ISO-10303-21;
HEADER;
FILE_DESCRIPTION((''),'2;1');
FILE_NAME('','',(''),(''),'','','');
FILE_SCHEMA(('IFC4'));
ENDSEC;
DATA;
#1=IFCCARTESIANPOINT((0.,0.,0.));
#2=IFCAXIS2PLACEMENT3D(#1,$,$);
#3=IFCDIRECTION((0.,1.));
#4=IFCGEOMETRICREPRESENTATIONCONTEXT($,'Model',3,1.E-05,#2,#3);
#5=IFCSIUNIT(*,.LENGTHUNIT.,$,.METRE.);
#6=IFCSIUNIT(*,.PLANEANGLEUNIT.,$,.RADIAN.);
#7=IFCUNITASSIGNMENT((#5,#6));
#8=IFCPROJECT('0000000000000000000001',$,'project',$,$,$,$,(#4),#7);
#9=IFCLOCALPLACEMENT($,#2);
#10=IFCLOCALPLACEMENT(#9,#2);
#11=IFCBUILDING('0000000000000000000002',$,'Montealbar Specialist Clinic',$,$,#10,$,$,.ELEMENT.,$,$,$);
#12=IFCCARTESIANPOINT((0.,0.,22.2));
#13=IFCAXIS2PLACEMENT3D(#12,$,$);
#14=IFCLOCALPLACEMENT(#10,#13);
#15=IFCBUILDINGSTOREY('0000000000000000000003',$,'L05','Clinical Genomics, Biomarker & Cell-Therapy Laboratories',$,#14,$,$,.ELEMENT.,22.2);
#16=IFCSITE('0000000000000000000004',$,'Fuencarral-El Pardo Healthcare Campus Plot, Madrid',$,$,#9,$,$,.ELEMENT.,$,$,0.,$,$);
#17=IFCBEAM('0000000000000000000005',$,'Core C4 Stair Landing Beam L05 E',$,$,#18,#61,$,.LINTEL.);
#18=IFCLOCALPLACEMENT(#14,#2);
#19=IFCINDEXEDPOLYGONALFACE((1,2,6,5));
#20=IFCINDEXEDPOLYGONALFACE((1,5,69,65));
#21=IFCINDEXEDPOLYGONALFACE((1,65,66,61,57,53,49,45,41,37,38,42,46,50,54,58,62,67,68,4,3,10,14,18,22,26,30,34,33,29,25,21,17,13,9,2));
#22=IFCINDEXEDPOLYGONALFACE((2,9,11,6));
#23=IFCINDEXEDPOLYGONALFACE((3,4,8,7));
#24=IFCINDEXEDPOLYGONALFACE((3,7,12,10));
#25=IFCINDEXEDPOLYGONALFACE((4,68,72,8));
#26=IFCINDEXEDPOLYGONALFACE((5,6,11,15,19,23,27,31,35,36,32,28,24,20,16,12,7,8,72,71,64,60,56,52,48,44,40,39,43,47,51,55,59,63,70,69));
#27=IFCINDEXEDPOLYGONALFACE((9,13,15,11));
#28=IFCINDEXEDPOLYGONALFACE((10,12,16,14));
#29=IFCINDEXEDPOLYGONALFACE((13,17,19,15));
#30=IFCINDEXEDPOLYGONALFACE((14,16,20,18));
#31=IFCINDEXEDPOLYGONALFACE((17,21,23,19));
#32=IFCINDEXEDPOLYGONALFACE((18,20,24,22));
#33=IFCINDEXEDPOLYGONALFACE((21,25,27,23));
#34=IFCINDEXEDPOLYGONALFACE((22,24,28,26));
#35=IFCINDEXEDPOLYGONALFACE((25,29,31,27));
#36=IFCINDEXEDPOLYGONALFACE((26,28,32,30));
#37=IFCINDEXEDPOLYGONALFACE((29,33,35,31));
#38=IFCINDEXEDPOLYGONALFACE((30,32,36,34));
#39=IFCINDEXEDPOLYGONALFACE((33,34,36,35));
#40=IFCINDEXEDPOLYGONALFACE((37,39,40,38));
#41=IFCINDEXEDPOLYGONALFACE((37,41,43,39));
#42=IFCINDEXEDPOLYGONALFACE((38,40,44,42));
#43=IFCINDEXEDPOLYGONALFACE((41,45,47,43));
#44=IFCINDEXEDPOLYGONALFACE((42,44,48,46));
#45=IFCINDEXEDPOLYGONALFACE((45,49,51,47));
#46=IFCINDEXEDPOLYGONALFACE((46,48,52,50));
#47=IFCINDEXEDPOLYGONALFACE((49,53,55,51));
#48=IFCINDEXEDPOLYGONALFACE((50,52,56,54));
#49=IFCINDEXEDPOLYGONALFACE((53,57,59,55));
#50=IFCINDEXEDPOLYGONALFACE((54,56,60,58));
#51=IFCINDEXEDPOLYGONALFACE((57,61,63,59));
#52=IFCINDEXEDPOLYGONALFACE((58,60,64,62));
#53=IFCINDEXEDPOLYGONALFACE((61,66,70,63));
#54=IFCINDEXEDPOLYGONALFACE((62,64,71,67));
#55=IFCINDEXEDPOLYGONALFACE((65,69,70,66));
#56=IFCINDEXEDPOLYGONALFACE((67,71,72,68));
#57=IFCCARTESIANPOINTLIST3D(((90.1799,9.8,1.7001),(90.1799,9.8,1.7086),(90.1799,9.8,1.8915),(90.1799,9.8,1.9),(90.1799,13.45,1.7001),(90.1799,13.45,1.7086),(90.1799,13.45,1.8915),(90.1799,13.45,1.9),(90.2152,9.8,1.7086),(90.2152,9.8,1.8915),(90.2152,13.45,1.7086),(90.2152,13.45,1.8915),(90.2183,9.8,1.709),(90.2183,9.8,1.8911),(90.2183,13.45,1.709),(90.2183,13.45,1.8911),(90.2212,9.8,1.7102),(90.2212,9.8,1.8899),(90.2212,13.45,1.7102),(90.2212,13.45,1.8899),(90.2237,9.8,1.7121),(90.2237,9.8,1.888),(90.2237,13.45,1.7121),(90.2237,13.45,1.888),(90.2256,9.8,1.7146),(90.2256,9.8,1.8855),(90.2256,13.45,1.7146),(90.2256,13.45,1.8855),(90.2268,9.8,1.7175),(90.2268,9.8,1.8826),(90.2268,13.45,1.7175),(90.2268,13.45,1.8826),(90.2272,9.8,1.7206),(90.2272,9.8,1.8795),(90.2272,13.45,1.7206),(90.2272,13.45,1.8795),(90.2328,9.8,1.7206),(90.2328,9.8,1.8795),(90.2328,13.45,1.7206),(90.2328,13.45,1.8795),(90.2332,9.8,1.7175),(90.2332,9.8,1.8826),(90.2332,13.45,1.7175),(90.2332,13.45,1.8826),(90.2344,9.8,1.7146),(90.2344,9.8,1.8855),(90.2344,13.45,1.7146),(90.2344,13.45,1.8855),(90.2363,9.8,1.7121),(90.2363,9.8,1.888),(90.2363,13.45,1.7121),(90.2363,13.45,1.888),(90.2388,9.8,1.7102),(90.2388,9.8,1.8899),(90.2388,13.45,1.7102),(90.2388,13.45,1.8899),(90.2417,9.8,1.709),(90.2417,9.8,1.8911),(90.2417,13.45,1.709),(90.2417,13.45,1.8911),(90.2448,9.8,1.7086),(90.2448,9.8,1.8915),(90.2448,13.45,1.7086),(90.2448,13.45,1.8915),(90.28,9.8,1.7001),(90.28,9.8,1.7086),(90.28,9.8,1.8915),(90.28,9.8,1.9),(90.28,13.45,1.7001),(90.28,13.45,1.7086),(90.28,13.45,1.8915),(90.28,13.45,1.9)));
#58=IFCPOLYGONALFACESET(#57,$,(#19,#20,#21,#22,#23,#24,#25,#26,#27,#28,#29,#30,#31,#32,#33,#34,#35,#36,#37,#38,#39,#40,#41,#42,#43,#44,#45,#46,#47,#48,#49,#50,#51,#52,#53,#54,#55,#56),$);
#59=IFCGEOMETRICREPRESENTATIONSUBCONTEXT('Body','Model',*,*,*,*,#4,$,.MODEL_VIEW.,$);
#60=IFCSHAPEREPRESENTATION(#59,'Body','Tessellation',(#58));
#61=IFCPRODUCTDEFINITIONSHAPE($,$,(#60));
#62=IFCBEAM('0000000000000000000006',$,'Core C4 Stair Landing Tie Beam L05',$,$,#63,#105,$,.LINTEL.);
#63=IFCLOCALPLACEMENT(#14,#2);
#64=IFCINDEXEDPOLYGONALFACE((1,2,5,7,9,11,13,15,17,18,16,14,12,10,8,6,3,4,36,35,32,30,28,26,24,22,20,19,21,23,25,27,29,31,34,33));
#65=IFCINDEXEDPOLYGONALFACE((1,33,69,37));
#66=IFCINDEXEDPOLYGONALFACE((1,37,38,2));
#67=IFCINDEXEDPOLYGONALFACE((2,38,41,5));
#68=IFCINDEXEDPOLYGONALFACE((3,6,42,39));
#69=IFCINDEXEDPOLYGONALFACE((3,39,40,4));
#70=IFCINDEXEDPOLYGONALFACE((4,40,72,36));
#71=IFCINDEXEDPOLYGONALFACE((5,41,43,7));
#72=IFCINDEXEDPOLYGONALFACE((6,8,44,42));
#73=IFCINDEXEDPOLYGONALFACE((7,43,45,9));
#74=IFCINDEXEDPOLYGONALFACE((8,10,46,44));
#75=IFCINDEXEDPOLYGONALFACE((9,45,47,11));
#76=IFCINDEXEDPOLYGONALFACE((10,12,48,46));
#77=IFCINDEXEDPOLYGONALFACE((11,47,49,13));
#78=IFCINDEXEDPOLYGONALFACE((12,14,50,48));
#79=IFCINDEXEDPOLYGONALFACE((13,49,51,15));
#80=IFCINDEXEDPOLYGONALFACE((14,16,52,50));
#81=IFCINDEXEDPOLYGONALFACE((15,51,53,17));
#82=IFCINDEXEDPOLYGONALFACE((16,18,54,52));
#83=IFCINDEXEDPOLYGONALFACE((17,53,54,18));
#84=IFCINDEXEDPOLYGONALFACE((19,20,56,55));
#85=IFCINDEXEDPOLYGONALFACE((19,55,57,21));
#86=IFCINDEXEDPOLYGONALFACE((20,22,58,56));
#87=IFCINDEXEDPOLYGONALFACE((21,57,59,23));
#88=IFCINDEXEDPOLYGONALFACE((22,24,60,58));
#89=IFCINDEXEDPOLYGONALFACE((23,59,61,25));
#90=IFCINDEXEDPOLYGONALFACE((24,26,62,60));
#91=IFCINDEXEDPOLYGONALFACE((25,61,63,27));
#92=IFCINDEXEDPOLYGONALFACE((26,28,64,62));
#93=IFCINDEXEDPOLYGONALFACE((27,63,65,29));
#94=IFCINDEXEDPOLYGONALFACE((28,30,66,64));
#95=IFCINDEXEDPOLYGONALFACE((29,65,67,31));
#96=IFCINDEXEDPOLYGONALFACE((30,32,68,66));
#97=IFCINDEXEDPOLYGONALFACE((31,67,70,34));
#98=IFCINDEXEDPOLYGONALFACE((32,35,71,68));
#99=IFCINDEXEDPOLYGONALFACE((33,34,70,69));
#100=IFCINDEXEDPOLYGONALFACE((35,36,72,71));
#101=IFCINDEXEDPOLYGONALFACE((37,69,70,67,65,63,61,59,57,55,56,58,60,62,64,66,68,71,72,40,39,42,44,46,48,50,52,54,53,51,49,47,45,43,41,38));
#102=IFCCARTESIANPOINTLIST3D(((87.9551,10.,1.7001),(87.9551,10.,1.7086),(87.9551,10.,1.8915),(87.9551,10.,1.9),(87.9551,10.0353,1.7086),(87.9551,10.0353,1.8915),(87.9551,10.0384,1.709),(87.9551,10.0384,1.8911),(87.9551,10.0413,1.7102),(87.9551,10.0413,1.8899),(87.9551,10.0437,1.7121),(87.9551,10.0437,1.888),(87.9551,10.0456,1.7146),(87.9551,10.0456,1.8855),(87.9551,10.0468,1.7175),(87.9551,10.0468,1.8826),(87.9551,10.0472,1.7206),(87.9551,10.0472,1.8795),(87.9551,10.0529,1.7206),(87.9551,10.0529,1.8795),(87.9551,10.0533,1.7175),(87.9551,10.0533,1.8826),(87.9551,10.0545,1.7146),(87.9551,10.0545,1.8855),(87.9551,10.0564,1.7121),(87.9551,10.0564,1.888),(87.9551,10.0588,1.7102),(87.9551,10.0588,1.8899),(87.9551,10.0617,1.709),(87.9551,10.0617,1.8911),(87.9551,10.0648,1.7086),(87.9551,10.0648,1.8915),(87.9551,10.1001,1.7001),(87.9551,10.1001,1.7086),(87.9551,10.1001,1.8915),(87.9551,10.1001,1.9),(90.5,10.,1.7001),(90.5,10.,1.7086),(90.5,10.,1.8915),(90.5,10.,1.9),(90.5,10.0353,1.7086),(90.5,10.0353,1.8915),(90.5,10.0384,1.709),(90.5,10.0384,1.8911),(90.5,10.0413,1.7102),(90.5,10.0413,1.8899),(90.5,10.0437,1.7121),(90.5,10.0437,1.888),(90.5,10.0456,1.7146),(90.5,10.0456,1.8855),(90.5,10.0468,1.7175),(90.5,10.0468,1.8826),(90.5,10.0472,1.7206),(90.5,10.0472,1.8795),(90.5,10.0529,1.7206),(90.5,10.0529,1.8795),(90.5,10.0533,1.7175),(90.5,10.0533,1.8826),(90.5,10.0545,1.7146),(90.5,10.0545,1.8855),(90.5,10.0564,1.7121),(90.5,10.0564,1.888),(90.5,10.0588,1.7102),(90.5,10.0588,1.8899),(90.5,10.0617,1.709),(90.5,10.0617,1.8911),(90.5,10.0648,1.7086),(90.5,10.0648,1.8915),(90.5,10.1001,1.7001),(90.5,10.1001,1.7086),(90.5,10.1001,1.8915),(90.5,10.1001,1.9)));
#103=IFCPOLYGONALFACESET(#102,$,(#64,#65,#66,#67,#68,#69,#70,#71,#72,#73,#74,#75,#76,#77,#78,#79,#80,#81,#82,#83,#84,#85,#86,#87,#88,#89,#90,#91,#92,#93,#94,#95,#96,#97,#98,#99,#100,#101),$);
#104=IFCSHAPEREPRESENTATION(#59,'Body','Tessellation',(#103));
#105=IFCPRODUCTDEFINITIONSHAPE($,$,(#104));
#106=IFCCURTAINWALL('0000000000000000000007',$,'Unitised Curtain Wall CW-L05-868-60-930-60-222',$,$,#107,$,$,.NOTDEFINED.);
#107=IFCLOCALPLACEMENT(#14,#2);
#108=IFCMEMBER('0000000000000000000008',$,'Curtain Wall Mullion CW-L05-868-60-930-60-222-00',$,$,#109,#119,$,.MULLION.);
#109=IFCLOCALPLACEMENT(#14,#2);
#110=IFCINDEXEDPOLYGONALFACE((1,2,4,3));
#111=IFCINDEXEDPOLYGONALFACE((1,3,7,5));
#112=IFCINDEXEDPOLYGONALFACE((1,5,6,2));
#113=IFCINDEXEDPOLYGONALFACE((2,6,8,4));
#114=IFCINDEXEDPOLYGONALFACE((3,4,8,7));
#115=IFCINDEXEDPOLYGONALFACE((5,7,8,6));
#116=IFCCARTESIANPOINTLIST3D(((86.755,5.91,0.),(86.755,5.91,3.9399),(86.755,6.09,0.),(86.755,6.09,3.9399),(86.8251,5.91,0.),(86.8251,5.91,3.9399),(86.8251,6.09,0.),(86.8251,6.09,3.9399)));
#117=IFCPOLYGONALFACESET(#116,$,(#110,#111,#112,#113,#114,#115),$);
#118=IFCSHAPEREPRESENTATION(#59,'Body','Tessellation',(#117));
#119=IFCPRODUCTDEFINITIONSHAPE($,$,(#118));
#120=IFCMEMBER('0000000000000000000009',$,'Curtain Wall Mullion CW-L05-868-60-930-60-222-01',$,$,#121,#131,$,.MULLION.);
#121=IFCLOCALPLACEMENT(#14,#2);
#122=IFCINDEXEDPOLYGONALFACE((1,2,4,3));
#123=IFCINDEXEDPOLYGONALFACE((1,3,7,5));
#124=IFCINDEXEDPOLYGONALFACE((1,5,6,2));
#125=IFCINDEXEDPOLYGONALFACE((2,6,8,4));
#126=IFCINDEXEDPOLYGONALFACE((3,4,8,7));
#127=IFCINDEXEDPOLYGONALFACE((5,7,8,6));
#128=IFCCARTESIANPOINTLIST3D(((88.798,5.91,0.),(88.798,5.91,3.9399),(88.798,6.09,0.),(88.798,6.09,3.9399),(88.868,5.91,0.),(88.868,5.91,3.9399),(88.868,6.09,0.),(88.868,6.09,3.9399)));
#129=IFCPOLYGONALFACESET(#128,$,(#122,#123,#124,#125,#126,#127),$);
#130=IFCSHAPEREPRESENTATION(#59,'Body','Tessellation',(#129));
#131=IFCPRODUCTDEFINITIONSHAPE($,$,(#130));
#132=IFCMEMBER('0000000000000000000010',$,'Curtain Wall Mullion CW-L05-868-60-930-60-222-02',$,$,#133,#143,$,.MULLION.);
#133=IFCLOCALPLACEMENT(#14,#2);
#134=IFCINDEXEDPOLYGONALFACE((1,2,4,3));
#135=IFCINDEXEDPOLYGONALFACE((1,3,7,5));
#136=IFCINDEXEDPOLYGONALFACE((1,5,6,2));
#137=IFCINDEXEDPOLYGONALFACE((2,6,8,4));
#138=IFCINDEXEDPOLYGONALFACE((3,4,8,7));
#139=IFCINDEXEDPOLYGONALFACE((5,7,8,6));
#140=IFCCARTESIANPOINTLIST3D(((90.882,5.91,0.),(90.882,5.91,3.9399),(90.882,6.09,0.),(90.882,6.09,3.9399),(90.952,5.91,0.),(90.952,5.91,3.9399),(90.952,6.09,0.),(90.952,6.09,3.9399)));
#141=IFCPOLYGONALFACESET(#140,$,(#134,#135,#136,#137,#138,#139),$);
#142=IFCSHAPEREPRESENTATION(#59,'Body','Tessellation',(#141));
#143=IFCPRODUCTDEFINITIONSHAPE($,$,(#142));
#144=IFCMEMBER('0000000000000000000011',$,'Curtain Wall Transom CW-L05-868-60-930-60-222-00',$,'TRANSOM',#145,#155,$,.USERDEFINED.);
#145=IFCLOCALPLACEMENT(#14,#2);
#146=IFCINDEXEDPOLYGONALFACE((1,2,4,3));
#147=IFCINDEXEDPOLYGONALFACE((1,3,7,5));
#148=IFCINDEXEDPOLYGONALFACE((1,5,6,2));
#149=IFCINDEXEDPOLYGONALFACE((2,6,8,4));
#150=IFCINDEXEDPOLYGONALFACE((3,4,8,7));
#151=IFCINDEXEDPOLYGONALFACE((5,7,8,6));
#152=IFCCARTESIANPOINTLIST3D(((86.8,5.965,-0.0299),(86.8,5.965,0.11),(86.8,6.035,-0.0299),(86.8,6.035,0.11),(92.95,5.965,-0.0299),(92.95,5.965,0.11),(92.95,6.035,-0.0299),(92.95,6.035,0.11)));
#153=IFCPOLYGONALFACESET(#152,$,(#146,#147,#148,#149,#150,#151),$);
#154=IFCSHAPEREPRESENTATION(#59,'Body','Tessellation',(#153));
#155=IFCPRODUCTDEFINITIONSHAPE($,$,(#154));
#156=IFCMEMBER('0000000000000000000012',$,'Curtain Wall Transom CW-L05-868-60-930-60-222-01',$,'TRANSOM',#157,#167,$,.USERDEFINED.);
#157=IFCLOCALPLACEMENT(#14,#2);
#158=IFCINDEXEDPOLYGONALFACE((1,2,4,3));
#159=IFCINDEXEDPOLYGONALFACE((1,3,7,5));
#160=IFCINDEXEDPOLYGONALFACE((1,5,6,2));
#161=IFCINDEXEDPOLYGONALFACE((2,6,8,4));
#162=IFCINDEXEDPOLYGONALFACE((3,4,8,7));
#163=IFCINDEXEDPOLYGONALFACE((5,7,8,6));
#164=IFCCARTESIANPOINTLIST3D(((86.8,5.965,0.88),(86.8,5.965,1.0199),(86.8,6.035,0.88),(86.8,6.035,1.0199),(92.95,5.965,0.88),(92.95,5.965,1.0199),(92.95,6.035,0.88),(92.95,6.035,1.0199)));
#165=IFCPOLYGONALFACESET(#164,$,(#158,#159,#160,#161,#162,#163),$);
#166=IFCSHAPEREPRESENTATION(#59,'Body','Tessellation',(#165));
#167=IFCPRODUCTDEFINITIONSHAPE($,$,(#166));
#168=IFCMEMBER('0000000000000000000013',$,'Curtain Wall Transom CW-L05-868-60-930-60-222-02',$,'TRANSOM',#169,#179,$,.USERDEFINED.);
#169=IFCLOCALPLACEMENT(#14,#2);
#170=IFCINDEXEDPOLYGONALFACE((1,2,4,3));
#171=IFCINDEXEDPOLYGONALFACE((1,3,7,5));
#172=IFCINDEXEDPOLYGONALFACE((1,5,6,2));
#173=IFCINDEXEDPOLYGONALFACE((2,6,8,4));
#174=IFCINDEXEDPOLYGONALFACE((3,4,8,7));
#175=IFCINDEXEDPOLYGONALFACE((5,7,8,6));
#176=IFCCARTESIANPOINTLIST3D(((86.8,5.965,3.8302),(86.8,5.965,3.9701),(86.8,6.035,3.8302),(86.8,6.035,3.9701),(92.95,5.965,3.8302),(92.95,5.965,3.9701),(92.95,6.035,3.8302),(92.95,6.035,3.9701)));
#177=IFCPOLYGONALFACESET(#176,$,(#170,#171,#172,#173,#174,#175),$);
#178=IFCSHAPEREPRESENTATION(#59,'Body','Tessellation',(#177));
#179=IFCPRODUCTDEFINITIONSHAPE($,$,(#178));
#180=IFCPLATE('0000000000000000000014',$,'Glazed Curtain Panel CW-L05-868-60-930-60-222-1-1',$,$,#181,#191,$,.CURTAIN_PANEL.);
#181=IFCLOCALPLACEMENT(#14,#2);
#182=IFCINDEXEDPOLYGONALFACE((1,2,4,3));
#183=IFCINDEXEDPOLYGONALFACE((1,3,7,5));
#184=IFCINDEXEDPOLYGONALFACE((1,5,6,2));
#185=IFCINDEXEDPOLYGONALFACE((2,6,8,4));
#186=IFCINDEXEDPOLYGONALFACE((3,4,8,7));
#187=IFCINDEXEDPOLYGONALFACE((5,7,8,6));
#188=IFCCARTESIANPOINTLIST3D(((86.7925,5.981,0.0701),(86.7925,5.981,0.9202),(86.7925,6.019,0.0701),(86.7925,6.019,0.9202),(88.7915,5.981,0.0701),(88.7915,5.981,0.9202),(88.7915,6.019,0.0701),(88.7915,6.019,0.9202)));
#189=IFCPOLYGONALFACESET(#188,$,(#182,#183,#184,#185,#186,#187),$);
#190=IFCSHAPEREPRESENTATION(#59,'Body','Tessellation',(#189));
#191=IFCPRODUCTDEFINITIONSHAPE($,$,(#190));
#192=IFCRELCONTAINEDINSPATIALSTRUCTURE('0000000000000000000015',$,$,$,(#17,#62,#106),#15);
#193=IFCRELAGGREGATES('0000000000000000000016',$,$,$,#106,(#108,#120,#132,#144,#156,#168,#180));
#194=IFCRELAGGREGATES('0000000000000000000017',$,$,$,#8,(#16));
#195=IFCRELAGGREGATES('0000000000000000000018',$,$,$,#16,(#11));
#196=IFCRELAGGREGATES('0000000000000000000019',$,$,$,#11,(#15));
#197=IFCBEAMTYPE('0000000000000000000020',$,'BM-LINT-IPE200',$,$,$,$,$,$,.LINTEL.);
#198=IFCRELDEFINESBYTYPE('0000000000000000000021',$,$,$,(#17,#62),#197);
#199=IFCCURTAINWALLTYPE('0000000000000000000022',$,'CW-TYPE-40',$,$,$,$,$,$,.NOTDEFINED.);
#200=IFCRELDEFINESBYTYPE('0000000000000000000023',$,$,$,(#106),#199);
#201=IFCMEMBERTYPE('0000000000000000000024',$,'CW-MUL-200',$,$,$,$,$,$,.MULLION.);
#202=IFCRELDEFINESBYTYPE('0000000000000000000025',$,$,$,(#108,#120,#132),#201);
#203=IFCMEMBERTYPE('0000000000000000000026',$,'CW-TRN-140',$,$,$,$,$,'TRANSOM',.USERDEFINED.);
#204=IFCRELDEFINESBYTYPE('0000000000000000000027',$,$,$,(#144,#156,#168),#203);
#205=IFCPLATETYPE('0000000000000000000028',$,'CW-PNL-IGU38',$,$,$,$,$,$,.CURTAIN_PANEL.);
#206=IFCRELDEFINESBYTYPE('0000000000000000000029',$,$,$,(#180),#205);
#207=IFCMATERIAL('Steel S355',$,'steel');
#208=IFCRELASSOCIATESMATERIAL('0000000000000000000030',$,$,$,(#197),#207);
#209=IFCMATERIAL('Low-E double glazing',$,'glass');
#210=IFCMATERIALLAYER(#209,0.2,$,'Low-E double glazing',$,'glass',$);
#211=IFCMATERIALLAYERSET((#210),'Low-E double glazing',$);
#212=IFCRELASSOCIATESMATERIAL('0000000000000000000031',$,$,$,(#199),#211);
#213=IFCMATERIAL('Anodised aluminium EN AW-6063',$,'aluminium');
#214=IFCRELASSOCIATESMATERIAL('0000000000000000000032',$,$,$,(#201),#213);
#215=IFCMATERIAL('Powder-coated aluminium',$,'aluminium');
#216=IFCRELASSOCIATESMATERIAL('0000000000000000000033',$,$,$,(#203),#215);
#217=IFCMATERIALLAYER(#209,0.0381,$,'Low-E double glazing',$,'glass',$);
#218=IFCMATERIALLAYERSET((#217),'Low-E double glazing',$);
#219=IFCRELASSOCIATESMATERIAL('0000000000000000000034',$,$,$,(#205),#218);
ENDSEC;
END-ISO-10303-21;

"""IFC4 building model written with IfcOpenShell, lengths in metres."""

from ifc_helpers import new_model, si_unit, direction, frame, origin, origin_2d, place, context, subcontext, project, spatial, rectangle, i_section, extrude, material, layer, layer_set, material_profile, profile_set, type_object, element, aggregate, save


model = new_model("IFC4")

# Units and contexts
model_context = context("Model", 3, precision=1e-05, world=origin(), true_north=direction((0.0, 1.0)))
body_context = subcontext(model_context, "Body", "Model", "MODEL_VIEW")
ifc_project = project(units=[si_unit("LENGTHUNIT", "METRE"), si_unit("PLANEANGLEUNIT", "RADIAN")], contexts=[model_context])

# Site, building, storey
site_placement = place(None, origin())
site = spatial("IfcSite", under=ifc_project, at=site_placement, Name="Fuencarral-El Pardo Healthcare Campus Plot, Madrid", CompositionType="ELEMENT", RefElevation=0.0)
building_placement = place(site_placement, origin())
building = spatial("IfcBuilding", under=site, at=building_placement, Name="Montealbar Specialist Clinic", CompositionType="ELEMENT")
storey_placement = place(building_placement, frame((0.0, 0.0, 22.2)))
storey = spatial("IfcBuildingStorey", under=building, at=storey_placement, Name="L05", Description="Clinical Genomics, Biomarker & Cell-Therapy Laboratories", CompositionType="ELEMENT", Elevation=22.2)

# Shared definitions
ifc_material_1 = material(Name="Steel S355", Category="steel")

# Beams
ifc_material_profile_1 = material_profile(ifc_material_1, i_section(OverallWidth=0.1001, OverallDepth=0.2, WebThickness=0.0056, FlangeThickness=0.0085, FilletRadius=0.012, at=origin_2d()), Name="IPE 200", Category="steel")
ifc_profile_set_1 = profile_set([ifc_material_profile_1], Name="Steel S355")
beam_type_1 = type_object("IfcBeamType", Name="BM-LINT-IPE200", PredefinedType="LINTEL", material=ifc_profile_set_1)
for number, where, z_axis, x_axis, name in (
    (1, (90.23, 9.8, 1.8), (0.0, 1.0, 0.0), (-1.0, 0.0, 0.0), "Core C4 Stair Landing Beam L05 E"),
):
    element("IfcBeam", number, at=place(storey_placement, frame(where, z_axis=z_axis, x_axis=x_axis)), inside=storey, type_object=beam_type_1, Name=name, PredefinedType="LINTEL", context=body_context, shape_type="SweptSolid", body=[
        extrude(i_section(OverallWidth=0.1001, OverallDepth=0.2, WebThickness=0.0056, FlangeThickness=0.0085, FilletRadius=0.012, at=origin_2d()), origin(), (0.0, 0.0, 1.0), 3.6499),
    ])
beam_1_placement = place(storey_placement, frame((87.9551, 10.05, 1.8), z_axis=(1.0, 0.0, 0.0), x_axis=(0.0, 1.0, 0.0)))
element("IfcBeam", 2, at=beam_1_placement, inside=storey, type_object=beam_type_1, Name="Core C4 Stair Landing Tie Beam L05", PredefinedType="LINTEL", context=body_context, shape_type="SweptSolid", body=[
    extrude(i_section(OverallWidth=0.1001, OverallDepth=0.2, WebThickness=0.0056, FlangeThickness=0.0085, FilletRadius=0.012, at=origin_2d()), origin(), (0.0, 0.0, 1.0), 2.5449),
])

# Curtain wall, members, plate
ifc_material_2 = material(Name="Low-E double glazing", Category="glass")
ifc_layer_1 = layer(ifc_material_2, 0.2, Name="Low-E double glazing", Category="glass")
ifc_layer_set_1 = layer_set([ifc_layer_1], Name="Low-E double glazing")
curtain_wall_type = type_object("IfcCurtainWallType", Name="CW-TYPE-40", PredefinedType="NOTDEFINED", material=ifc_layer_set_1)
curtain_wall_placement = place(storey_placement, origin())
curtain_wall = element("IfcCurtainWall", 3, at=curtain_wall_placement, inside=storey, type_object=curtain_wall_type, Name="Unitised Curtain Wall CW-L05-868-60-930-60-222", PredefinedType="NOTDEFINED")
ifc_material_3 = material(Name="Anodised aluminium EN AW-6063", Category="aluminium")
ifc_material_profile_2 = material_profile(ifc_material_3, rectangle(XDim=0.0701, YDim=0.1799, at=origin_2d()), Name="ALU 70x180", Category="aluminium")
ifc_profile_set_2 = profile_set([ifc_material_profile_2], Name="Anodised aluminium EN AW-6063")
member_type_1 = type_object("IfcMemberType", Name="CW-MUL-200", PredefinedType="MULLION", material=ifc_profile_set_2)
member_1_placement = place(storey_placement, frame((86.79, 6.0, 0.0), z_axis=(0.0, 0.0, 1.0), x_axis=(1.0, 0.0, 0.0)))
member_1 = element("IfcMember", 4, at=member_1_placement, type_object=member_type_1, Name="Curtain Wall Mullion CW-L05-868-60-930-60-222-00", PredefinedType="MULLION", context=body_context, shape_type="SweptSolid", body=[
    extrude(rectangle(XDim=0.0701, YDim=0.1799, at=origin_2d()), origin(), (0.0, 0.0, 1.0), 3.9399),
])
member_2_placement = place(storey_placement, frame((88.833, 6.0, 0.0), z_axis=(0.0, 0.0, 1.0), x_axis=(1.0, 0.0, 0.0)))
member_2 = element("IfcMember", 5, at=member_2_placement, type_object=member_type_1, Name="Curtain Wall Mullion CW-L05-868-60-930-60-222-01", PredefinedType="MULLION", context=body_context, shape_type="SweptSolid", body=[
    extrude(rectangle(XDim=0.0701, YDim=0.1799, at=origin_2d()), origin(), (0.0, 0.0, 1.0), 3.9399),
])
member_3_placement = place(storey_placement, frame((90.917, 6.0, 0.0), z_axis=(0.0, 0.0, 1.0), x_axis=(1.0, 0.0, 0.0)))
member_3 = element("IfcMember", 6, at=member_3_placement, type_object=member_type_1, Name="Curtain Wall Mullion CW-L05-868-60-930-60-222-02", PredefinedType="MULLION", context=body_context, shape_type="SweptSolid", body=[
    extrude(rectangle(XDim=0.0701, YDim=0.1799, at=origin_2d()), origin(), (0.0, 0.0, 1.0), 3.9399),
])
ifc_material_4 = material(Name="Powder-coated aluminium", Category="aluminium")
ifc_material_profile_3 = material_profile(ifc_material_4, rectangle(XDim=0.0701, YDim=0.1399, at=origin_2d()), Name="ALU 70x140", Category="aluminium")
ifc_profile_set_3 = profile_set([ifc_material_profile_3], Name="Powder-coated aluminium")
member_type_2 = type_object("IfcMemberType", Name="CW-TRN-140", ElementType="TRANSOM", PredefinedType="USERDEFINED", material=ifc_profile_set_3)
member_4_placement = place(storey_placement, frame((86.8, 6.0, 0.04), z_axis=(1.0, 0.0, 0.0), x_axis=(0.0, 1.0, 0.0)))
member_4 = element("IfcMember", 7, at=member_4_placement, type_object=member_type_2, Name="Curtain Wall Transom CW-L05-868-60-930-60-222-00", ObjectType="TRANSOM", PredefinedType="USERDEFINED", context=body_context, shape_type="SweptSolid", body=[
    extrude(rectangle(XDim=0.0701, YDim=0.1399, at=origin_2d()), origin(), (0.0, 0.0, 1.0), 6.1499),
])
member_5_placement = place(storey_placement, frame((86.8, 6.0, 0.95), z_axis=(1.0, 0.0, 0.0), x_axis=(0.0, 1.0, 0.0)))
member_5 = element("IfcMember", 8, at=member_5_placement, type_object=member_type_2, Name="Curtain Wall Transom CW-L05-868-60-930-60-222-01", ObjectType="TRANSOM", PredefinedType="USERDEFINED", context=body_context, shape_type="SweptSolid", body=[
    extrude(rectangle(XDim=0.0701, YDim=0.1399, at=origin_2d()), origin(), (0.0, 0.0, 1.0), 6.1499),
])
member_6_placement = place(storey_placement, frame((86.8, 6.0, 3.9001), z_axis=(1.0, 0.0, 0.0), x_axis=(0.0, 1.0, 0.0)))
member_6 = element("IfcMember", 9, at=member_6_placement, type_object=member_type_2, Name="Curtain Wall Transom CW-L05-868-60-930-60-222-02", ObjectType="TRANSOM", PredefinedType="USERDEFINED", context=body_context, shape_type="SweptSolid", body=[
    extrude(rectangle(XDim=0.0701, YDim=0.1399, at=origin_2d()), origin(), (0.0, 0.0, 1.0), 6.1499),
])
ifc_layer_2 = layer(ifc_material_2, 0.0381, Name="Low-E double glazing", Category="glass")
ifc_layer_set_2 = layer_set([ifc_layer_2], Name="Low-E double glazing")
plate_type = type_object("IfcPlateType", Name="CW-PNL-IGU38", PredefinedType="CURTAIN_PANEL", material=ifc_layer_set_2)
plate_1_placement = place(storey_placement, frame((87.792, 6.0, 0.0701), z_axis=(0.0, 0.0, 1.0), x_axis=(1.0, 0.0, 0.0)))
plate_1 = element("IfcPlate", 10, at=plate_1_placement, type_object=plate_type, Name="Glazed Curtain Panel CW-L05-868-60-930-60-222-1-1", PredefinedType="CURTAIN_PANEL", context=body_context, shape_type="SweptSolid", body=[
    extrude(rectangle(XDim=1.999, YDim=0.0381, at=origin_2d()), origin(), (0.0, 0.0, 1.0), 0.8501),
])
aggregate(curtain_wall, [member_1, member_2, member_3, member_4, member_5, member_6, plate_1])

save(model, "model.ifc")
